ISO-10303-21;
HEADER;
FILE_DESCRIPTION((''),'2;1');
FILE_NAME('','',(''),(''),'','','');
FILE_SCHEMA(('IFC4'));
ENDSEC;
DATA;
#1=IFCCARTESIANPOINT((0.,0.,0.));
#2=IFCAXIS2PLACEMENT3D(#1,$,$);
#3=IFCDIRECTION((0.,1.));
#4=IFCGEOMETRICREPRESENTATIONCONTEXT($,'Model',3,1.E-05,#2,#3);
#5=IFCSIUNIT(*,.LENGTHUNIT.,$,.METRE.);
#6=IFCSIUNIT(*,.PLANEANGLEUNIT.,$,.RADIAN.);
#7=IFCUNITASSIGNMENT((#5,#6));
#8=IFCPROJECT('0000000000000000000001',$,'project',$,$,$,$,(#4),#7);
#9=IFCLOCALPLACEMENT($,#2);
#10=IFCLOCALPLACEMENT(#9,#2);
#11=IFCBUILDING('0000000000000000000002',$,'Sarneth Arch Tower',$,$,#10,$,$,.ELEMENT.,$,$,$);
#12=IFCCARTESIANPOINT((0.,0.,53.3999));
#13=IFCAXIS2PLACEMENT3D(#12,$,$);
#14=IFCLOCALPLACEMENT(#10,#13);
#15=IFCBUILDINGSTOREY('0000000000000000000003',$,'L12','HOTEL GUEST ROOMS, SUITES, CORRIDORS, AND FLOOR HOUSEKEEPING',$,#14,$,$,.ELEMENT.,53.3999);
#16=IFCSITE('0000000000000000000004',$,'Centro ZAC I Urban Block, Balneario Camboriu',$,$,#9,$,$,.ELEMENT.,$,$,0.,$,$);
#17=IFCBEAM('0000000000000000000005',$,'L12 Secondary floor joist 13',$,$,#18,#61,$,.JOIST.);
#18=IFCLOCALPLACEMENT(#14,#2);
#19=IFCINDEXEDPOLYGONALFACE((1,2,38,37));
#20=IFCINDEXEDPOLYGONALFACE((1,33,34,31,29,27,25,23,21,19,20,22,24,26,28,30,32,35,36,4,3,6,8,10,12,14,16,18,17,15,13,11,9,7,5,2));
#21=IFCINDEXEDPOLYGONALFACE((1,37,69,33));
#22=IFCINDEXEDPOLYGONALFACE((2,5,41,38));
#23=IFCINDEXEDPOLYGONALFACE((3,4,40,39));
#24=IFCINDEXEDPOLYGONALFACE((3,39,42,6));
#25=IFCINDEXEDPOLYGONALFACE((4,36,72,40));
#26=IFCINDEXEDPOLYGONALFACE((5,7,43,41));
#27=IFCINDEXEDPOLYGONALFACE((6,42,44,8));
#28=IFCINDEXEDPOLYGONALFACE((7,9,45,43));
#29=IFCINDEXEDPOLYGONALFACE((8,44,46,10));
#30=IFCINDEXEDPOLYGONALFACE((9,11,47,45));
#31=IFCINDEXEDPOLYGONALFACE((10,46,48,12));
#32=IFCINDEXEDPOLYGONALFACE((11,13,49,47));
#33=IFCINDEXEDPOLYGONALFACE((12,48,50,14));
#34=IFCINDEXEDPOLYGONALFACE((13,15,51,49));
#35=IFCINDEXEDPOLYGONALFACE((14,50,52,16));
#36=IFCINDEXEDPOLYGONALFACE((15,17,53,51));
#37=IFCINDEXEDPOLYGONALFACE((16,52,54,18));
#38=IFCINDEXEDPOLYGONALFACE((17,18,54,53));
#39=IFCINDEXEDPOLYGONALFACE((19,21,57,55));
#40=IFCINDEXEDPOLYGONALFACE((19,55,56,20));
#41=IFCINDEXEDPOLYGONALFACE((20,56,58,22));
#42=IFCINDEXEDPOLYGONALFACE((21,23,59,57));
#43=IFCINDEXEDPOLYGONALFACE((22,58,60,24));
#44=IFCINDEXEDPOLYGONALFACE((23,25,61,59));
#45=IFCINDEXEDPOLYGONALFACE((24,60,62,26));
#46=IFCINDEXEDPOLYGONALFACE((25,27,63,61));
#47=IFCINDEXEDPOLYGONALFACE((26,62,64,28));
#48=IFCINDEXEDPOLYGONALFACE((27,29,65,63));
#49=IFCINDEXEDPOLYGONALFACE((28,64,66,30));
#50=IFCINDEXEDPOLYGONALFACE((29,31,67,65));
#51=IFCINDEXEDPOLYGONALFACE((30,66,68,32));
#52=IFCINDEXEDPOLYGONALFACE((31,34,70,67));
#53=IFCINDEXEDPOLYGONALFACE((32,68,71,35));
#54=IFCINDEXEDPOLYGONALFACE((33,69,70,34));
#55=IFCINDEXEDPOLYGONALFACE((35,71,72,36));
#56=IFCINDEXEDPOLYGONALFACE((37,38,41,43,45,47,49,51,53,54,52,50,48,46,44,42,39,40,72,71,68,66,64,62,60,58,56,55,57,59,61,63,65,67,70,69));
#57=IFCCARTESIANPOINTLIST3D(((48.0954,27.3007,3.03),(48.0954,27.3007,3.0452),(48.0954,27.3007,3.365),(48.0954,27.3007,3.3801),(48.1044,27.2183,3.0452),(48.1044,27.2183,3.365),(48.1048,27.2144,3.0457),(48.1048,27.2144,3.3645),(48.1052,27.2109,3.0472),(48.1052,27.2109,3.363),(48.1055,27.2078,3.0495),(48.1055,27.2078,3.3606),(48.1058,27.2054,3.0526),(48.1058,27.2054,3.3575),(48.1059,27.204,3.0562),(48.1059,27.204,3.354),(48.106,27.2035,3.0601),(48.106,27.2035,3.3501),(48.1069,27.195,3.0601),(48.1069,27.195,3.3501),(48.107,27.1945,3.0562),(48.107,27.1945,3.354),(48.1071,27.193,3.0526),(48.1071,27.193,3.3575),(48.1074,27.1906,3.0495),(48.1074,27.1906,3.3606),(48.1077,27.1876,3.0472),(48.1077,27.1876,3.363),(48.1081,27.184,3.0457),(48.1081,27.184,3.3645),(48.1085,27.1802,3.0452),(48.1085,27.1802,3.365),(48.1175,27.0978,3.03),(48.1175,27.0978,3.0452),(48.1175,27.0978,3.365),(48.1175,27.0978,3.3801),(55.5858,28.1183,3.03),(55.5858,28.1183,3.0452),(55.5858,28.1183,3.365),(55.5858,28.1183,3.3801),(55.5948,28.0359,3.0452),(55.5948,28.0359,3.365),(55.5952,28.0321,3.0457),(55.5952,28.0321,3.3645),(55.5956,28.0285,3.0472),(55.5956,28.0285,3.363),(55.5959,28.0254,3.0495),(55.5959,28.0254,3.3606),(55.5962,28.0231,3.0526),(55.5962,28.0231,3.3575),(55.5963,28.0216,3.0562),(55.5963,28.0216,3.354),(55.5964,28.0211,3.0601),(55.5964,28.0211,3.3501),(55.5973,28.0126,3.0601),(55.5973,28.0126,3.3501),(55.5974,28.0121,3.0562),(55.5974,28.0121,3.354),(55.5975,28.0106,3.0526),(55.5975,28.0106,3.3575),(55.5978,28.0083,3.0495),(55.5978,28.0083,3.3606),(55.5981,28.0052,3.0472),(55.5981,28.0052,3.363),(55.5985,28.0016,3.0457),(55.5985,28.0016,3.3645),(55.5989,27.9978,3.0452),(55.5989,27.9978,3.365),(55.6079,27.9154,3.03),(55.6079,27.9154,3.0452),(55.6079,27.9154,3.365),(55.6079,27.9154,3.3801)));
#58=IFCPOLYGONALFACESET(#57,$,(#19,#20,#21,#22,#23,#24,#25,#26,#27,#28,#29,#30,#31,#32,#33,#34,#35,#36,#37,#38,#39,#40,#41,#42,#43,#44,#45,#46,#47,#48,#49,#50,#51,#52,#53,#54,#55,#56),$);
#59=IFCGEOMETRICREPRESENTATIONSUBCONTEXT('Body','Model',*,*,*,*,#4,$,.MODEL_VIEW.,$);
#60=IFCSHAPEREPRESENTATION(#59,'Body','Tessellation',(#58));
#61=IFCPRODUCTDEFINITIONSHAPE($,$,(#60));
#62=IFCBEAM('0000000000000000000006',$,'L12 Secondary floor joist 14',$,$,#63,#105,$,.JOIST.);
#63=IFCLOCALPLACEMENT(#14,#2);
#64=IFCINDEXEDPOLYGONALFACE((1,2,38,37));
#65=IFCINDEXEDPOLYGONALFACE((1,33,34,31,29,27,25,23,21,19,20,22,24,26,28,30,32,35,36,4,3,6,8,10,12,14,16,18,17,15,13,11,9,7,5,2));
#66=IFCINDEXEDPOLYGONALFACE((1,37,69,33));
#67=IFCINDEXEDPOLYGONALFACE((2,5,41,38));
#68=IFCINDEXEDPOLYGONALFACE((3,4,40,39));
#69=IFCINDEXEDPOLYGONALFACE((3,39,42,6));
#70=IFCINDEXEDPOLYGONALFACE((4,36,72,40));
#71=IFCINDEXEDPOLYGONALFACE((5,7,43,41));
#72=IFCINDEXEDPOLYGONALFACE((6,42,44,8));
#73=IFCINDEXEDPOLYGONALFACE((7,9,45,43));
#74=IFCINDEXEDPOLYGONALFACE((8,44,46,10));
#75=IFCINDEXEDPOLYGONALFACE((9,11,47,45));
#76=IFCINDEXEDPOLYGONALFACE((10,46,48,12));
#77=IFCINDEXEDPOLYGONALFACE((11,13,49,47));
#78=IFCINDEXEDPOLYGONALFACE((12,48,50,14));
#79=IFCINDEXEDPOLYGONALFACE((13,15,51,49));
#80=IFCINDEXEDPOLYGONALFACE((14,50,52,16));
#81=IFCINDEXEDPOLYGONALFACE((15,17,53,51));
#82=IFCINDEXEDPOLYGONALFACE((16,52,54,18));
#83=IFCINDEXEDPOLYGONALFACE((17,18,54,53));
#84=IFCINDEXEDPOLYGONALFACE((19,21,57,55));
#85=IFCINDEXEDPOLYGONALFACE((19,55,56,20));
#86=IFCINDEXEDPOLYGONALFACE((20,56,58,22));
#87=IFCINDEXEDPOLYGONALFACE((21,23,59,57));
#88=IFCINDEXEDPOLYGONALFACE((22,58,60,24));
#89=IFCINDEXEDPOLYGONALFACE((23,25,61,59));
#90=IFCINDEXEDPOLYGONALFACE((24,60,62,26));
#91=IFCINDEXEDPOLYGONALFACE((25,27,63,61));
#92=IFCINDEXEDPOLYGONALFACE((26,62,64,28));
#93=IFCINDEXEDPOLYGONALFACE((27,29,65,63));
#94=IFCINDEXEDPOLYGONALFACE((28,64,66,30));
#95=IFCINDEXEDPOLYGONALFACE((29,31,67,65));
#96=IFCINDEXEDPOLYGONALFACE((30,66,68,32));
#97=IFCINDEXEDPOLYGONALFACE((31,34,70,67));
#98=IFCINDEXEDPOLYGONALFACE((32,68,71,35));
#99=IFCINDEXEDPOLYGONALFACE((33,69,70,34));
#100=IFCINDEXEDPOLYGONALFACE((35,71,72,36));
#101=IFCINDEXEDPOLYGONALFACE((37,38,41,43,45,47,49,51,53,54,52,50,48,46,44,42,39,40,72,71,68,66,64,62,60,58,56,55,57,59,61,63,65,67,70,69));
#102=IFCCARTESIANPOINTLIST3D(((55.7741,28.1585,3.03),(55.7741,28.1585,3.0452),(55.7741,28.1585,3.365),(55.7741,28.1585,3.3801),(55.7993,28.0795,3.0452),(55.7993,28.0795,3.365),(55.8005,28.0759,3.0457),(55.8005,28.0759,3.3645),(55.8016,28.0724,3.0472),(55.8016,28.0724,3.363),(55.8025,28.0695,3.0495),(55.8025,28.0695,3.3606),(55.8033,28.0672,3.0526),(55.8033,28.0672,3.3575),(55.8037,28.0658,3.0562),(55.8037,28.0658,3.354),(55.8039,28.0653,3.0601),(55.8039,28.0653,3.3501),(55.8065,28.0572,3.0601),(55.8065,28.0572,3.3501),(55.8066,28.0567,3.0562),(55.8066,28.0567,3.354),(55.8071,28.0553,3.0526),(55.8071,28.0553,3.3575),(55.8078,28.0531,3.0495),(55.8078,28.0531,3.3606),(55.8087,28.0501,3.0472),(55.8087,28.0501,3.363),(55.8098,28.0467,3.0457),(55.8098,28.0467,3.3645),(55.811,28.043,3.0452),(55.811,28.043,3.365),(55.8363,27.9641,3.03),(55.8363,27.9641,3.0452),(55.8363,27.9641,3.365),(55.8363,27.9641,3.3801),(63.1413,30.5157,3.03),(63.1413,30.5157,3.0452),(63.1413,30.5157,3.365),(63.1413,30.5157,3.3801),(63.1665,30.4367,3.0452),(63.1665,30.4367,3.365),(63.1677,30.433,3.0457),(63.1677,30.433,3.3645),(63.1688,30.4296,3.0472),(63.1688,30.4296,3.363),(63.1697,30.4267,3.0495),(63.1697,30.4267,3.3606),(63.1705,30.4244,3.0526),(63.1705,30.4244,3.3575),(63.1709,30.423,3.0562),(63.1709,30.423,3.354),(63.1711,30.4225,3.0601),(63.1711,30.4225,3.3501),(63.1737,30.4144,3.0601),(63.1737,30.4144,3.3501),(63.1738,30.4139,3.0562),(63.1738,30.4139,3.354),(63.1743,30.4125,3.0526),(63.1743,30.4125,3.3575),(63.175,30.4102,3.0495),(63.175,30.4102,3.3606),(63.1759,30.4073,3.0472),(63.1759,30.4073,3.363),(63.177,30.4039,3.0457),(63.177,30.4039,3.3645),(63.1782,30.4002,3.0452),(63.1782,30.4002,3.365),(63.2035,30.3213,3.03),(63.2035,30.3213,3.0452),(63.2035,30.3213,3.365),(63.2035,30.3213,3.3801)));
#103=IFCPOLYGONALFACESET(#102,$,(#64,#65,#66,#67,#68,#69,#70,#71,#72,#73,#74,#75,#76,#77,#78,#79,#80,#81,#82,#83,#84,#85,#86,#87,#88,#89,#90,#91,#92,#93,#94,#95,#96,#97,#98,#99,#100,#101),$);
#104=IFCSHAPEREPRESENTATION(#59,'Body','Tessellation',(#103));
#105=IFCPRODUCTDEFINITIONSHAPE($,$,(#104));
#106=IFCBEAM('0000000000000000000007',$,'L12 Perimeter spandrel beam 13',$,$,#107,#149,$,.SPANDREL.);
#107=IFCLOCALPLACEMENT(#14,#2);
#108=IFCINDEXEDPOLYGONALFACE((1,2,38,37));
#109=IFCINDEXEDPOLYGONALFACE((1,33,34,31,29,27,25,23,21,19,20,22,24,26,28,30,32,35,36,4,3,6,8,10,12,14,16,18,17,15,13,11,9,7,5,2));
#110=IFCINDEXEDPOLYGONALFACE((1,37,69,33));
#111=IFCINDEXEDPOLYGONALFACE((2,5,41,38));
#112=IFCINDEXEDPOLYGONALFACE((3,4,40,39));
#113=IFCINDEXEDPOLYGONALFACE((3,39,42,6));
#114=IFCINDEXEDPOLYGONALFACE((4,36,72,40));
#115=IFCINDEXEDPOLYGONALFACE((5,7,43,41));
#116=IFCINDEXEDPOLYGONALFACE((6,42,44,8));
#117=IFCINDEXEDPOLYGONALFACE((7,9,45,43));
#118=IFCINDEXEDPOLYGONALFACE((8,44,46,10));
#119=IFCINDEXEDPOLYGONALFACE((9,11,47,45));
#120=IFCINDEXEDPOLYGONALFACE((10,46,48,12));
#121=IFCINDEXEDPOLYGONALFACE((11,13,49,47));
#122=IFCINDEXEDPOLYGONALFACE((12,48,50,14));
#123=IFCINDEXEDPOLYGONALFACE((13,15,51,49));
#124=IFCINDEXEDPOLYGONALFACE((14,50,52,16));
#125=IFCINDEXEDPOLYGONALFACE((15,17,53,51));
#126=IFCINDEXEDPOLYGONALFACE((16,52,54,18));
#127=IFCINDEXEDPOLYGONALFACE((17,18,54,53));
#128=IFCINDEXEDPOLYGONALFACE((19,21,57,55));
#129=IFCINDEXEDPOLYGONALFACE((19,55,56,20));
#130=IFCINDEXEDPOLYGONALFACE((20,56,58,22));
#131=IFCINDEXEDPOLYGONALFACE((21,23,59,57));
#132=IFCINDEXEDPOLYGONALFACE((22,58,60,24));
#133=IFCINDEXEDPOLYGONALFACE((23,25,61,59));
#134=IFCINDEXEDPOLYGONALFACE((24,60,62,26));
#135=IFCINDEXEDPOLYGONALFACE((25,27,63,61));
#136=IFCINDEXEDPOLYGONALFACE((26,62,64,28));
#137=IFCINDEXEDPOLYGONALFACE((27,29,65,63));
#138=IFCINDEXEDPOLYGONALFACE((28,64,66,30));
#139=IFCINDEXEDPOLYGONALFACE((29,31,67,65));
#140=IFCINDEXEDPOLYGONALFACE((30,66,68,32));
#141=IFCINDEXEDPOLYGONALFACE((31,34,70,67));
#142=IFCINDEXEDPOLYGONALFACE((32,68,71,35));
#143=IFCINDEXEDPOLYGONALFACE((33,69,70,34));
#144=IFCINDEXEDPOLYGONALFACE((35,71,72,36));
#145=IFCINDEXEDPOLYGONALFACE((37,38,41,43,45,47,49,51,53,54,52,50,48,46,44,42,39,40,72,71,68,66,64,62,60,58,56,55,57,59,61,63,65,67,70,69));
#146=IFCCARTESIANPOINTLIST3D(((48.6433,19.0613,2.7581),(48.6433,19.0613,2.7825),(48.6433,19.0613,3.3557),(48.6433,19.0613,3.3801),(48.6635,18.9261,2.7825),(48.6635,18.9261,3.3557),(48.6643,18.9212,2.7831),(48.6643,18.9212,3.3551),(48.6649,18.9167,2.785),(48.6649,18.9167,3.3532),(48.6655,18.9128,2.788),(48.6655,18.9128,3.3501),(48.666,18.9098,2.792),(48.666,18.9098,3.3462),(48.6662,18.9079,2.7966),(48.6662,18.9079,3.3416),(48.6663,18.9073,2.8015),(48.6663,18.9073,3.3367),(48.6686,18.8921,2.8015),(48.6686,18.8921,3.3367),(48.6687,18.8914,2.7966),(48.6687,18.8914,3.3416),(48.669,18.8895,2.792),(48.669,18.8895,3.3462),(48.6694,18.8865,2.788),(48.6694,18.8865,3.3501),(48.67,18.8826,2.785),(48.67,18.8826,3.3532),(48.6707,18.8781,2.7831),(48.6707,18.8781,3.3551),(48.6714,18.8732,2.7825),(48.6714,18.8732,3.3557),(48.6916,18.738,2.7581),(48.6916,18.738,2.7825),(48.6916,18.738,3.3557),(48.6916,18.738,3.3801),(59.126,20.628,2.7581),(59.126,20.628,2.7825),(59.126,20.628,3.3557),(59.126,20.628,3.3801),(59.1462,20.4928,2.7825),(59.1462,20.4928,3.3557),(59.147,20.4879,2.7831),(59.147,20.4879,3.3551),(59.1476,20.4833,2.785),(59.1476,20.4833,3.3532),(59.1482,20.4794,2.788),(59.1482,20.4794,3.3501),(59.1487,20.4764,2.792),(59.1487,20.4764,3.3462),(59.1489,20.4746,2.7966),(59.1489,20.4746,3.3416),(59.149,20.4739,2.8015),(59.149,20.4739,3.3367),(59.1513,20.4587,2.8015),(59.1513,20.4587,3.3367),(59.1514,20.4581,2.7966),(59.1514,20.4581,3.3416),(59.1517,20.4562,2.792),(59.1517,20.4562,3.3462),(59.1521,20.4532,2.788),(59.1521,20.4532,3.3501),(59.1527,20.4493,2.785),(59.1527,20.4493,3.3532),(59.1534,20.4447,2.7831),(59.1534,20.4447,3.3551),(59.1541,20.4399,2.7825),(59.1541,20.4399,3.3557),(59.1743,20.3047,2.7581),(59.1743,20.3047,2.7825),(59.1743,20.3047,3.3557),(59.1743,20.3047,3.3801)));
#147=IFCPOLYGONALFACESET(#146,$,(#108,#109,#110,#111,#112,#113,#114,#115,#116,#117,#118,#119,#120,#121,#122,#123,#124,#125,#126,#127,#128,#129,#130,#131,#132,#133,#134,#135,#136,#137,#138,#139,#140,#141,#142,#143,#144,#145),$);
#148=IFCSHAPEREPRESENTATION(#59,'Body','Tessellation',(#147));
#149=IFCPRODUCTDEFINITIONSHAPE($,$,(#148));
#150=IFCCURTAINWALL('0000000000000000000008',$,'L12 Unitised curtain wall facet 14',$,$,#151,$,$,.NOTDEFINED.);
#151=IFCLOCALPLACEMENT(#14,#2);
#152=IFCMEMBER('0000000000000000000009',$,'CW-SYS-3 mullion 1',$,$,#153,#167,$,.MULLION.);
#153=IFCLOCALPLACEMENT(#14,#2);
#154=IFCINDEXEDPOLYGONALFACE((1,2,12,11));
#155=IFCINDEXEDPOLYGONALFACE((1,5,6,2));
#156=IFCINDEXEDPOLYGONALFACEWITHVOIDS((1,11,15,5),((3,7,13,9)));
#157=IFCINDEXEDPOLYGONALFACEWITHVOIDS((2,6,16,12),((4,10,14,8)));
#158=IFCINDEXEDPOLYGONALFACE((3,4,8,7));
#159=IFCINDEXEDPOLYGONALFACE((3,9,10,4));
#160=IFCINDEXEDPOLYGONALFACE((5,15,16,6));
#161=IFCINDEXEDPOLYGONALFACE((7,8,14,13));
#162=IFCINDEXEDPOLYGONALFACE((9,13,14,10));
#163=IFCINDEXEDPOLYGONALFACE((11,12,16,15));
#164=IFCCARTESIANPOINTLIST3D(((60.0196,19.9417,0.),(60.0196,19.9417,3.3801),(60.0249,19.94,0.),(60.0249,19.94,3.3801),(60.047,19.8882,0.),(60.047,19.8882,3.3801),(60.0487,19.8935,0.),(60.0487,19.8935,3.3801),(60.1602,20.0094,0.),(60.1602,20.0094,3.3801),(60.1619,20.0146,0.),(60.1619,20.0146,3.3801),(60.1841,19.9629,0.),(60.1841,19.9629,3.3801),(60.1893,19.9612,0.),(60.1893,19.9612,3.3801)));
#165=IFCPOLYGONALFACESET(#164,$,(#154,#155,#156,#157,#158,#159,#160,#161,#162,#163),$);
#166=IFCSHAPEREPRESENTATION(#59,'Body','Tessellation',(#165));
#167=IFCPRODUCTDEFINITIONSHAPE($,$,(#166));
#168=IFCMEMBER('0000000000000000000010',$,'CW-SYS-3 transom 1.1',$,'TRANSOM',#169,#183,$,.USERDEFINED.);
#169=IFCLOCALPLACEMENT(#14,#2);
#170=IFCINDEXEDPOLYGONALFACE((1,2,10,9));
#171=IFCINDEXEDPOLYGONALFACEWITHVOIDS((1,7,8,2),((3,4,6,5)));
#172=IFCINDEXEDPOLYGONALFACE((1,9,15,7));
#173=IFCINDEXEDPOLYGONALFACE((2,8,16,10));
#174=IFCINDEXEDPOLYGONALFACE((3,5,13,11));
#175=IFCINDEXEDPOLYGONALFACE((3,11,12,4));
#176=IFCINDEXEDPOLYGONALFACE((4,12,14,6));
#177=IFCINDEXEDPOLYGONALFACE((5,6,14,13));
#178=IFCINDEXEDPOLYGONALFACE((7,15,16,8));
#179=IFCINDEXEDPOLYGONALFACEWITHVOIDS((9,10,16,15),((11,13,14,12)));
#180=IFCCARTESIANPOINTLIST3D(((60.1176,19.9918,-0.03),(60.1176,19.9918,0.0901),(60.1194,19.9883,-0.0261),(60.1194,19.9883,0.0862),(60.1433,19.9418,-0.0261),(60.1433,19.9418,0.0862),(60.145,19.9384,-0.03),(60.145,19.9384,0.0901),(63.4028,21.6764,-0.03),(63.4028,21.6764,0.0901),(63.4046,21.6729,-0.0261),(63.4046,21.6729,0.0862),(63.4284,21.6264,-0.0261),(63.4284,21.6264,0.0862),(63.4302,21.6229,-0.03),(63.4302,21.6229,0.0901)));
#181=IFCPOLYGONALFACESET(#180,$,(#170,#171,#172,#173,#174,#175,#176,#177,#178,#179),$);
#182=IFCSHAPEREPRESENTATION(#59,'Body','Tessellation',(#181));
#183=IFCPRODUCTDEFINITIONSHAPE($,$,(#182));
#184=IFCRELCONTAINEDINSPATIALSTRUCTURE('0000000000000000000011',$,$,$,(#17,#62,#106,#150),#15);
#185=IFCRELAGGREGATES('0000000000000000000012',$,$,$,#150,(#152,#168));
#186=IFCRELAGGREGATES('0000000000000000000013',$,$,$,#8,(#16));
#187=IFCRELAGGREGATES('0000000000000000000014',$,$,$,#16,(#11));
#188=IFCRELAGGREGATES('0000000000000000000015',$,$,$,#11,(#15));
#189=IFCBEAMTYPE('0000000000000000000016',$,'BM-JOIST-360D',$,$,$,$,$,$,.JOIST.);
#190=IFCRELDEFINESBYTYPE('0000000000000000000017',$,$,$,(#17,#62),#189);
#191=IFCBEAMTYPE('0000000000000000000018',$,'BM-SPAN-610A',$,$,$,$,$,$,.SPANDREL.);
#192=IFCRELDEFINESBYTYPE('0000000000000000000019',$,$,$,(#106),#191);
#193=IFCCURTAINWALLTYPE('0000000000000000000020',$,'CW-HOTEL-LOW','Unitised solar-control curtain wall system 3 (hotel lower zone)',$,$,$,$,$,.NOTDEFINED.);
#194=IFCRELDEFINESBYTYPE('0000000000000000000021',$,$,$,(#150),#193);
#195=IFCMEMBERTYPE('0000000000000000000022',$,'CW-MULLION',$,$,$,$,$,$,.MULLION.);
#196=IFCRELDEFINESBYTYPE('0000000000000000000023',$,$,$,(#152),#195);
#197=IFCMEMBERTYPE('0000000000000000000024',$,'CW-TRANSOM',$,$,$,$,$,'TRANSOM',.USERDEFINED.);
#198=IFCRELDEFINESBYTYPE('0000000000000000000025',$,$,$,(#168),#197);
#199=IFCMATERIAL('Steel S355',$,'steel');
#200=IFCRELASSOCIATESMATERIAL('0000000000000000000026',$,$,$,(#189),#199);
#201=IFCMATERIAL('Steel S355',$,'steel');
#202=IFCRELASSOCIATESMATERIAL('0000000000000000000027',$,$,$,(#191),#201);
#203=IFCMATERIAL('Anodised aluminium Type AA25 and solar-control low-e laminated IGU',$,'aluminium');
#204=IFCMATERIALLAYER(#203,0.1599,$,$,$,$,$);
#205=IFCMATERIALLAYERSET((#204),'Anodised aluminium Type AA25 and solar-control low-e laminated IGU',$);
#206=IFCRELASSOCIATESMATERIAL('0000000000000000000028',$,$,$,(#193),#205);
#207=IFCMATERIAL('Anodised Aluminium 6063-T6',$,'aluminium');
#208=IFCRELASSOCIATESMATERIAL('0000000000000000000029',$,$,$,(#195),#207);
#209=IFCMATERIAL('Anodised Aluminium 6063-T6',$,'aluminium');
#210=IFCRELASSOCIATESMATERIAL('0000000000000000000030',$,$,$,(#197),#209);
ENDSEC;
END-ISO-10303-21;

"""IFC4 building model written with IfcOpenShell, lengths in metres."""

from ifc_helpers import new_model, si_unit, direction, frame, origin, origin_2d, place, context, subcontext, project, spatial, hollow_rectangle, i_section, extrude, material, layer, layer_set, material_profile, profile_set, type_object, element, aggregate, save


model = new_model("IFC4")

# Units and contexts
model_context = context("Model", 3, precision=1e-05, world=origin(), true_north=direction((0.0, 1.0)))
body_context = subcontext(model_context, "Body", "Model", "MODEL_VIEW")
ifc_project = project(units=[si_unit("LENGTHUNIT", "METRE"), si_unit("PLANEANGLEUNIT", "RADIAN")], contexts=[model_context])

# Site, building, storey
site_placement = place(None, origin())
site = spatial("IfcSite", under=ifc_project, at=site_placement, Name="Centro ZAC I Urban Block, Balneario Camboriu", CompositionType="ELEMENT", RefElevation=0.0)
building_placement = place(site_placement, origin())
building = spatial("IfcBuilding", under=site, at=building_placement, Name="Sarneth Arch Tower", CompositionType="ELEMENT")
storey_placement = place(building_placement, frame((0.0, 0.0, 53.3999)))
storey = spatial("IfcBuildingStorey", under=building, at=storey_placement, Name="L12", Description="HOTEL GUEST ROOMS, SUITES, CORRIDORS, AND FLOOR HOUSEKEEPING", CompositionType="ELEMENT", Elevation=53.3999)

# Beams
ifc_material_1 = material(Name="Steel S355", Category="steel")
ifc_material_profile_1 = material_profile(ifc_material_1, i_section(OverallWidth=0.2041, OverallDepth=0.3501, WebThickness=0.0085, FlangeThickness=0.0151, FilletRadius=0.0149, at=origin_2d()), Name="W360x72")
ifc_profile_set_1 = profile_set([ifc_material_profile_1], Name="Steel S355")
beam_type_1 = type_object("IfcBeamType", Name="BM-JOIST-360D", PredefinedType="JOIST", material=ifc_profile_set_1)
beam_1_placement = place(storey_placement, frame((48.1064, 27.1992, 3.2051), z_axis=(0.994095, 0.108511, 0.0), x_axis=(-0.108511, 0.994095, 0.0)))
element("IfcBeam", 1, at=beam_1_placement, inside=storey, type_object=beam_type_1, Name="L12 Secondary floor joist 13", PredefinedType="JOIST", context=body_context, shape_type="SweptSolid", body=[
    extrude(i_section(OverallWidth=0.2041, OverallDepth=0.3501, WebThickness=0.0085, FlangeThickness=0.0151, FilletRadius=0.0149, at=origin_2d()), origin(), (0.0, 0.0, 1.0), 7.5349),
])
beam_2_placement = place(storey_placement, frame((55.8052, 28.0613, 3.2051), z_axis=(0.952436, 0.304738, 0.0), x_axis=(-0.304738, 0.952436, 0.0)))
element("IfcBeam", 2, at=beam_2_placement, inside=storey, type_object=beam_type_1, Name="L12 Secondary floor joist 14", PredefinedType="JOIST", context=body_context, shape_type="SweptSolid", body=[
    extrude(i_section(OverallWidth=0.2041, OverallDepth=0.3501, WebThickness=0.0085, FlangeThickness=0.0151, FilletRadius=0.0149, at=origin_2d()), origin(), (0.0, 0.0, 1.0), 7.7351),
])
ifc_material_2 = material(Name="Steel S355", Category="steel")
ifc_material_profile_2 = material_profile(ifc_material_2, i_section(OverallWidth=0.3269, OverallDepth=0.6221, WebThickness=0.0154, FlangeThickness=0.0244, FilletRadius=0.019, at=origin_2d()), Name="W610x195")
ifc_profile_set_2 = profile_set([ifc_material_profile_2], Name="Steel S355")
beam_type_2 = type_object("IfcBeamType", Name="BM-SPAN-610A", PredefinedType="SPANDREL", material=ifc_profile_set_2)
beam_3_placement = place(storey_placement, frame((48.6675, 18.8997, 3.0691), z_axis=(0.989016, 0.14781, 0.0), x_axis=(-0.14781, 0.989016, 0.0)))
element("IfcBeam", 3, at=beam_3_placement, inside=storey, type_object=beam_type_2, Name="L12 Perimeter spandrel beam 13", PredefinedType="SPANDREL", context=body_context, shape_type="SweptSolid", body=[
    extrude(i_section(OverallWidth=0.3269, OverallDepth=0.6221, WebThickness=0.0154, FlangeThickness=0.0244, FilletRadius=0.019, at=origin_2d()), origin(), (0.0, 0.0, 1.0), 10.5991),
])

# Curtain wall, members
ifc_material_3 = material(Name="Anodised aluminium Type AA25 and solar-control low-e laminated IGU", Category="aluminium")
ifc_layer_1 = layer(ifc_material_3, 0.1599)
ifc_layer_set_1 = layer_set([ifc_layer_1], Name="Anodised aluminium Type AA25 and solar-control low-e laminated IGU")
curtain_wall_type = type_object("IfcCurtainWallType", Name="CW-HOTEL-LOW", Description="Unitised solar-control curtain wall system 3 (hotel lower zone)", PredefinedType="NOTDEFINED", material=ifc_layer_set_1)
curtain_wall_placement = place(storey_placement, origin())
curtain_wall = element("IfcCurtainWall", 4, at=curtain_wall_placement, inside=storey, type_object=curtain_wall_type, Name="L12 Unitised curtain wall facet 14", PredefinedType="NOTDEFINED")
ifc_material_4 = material(Name="Anodised Aluminium 6063-T6", Category="aluminium")
ifc_material_profile_3 = material_profile(ifc_material_4, hollow_rectangle(XDim=0.0601, YDim=0.1599, WallThickness=0.0039, at=origin_2d()), Name="AL-MULL-160x60x4")
ifc_profile_set_3 = profile_set([ifc_material_profile_3], Name="Anodised Aluminium 6063-T6")
member_type_1 = type_object("IfcMemberType", Name="CW-MULLION", PredefinedType="MULLION", material=ifc_profile_set_3)
member_1_placement = place(storey_placement, frame((60.1045, 19.9514, 0.0), z_axis=(0.0, 0.0, 1.0), x_axis=(-0.456245, 0.889854, 0.0)))
member_1 = element("IfcMember", 5, at=member_1_placement, type_object=member_type_1, Name="CW-SYS-3 mullion 1", PredefinedType="MULLION", context=body_context, shape_type="SweptSolid", body=[
    extrude(hollow_rectangle(XDim=0.0601, YDim=0.1599, WallThickness=0.0039, at=origin_2d()), origin(), (0.0, 0.0, 1.0), 3.3801),
])
ifc_material_5 = material(Name="Anodised Aluminium 6063-T6", Category="aluminium")
ifc_material_profile_4 = material_profile(ifc_material_5, hollow_rectangle(XDim=0.0601, YDim=0.1201, WallThickness=0.0039, at=origin_2d()), Name="AL-TRAN-120x60x4")
ifc_profile_set_4 = profile_set([ifc_material_profile_4], Name="Anodised Aluminium 6063-T6")
member_type_2 = type_object("IfcMemberType", Name="CW-TRANSOM", ElementType="TRANSOM", PredefinedType="USERDEFINED", material=ifc_profile_set_4)
member_2_placement = place(storey_placement, frame((60.1313, 19.9651, 0.03), z_axis=(0.889831, 0.45629, 0.0), x_axis=(-0.45629, 0.889831, 0.0)))
member_2 = element("IfcMember", 6, at=member_2_placement, type_object=member_type_2, Name="CW-SYS-3 transom 1.1", ObjectType="TRANSOM", PredefinedType="USERDEFINED", context=body_context, shape_type="SweptSolid", body=[
    extrude(hollow_rectangle(XDim=0.0601, YDim=0.1201, WallThickness=0.0039, at=origin_2d()), origin(), (0.0, 0.0, 1.0), 3.6919),
])
aggregate(curtain_wall, [member_1, member_2])

save(model, "model.ifc")
